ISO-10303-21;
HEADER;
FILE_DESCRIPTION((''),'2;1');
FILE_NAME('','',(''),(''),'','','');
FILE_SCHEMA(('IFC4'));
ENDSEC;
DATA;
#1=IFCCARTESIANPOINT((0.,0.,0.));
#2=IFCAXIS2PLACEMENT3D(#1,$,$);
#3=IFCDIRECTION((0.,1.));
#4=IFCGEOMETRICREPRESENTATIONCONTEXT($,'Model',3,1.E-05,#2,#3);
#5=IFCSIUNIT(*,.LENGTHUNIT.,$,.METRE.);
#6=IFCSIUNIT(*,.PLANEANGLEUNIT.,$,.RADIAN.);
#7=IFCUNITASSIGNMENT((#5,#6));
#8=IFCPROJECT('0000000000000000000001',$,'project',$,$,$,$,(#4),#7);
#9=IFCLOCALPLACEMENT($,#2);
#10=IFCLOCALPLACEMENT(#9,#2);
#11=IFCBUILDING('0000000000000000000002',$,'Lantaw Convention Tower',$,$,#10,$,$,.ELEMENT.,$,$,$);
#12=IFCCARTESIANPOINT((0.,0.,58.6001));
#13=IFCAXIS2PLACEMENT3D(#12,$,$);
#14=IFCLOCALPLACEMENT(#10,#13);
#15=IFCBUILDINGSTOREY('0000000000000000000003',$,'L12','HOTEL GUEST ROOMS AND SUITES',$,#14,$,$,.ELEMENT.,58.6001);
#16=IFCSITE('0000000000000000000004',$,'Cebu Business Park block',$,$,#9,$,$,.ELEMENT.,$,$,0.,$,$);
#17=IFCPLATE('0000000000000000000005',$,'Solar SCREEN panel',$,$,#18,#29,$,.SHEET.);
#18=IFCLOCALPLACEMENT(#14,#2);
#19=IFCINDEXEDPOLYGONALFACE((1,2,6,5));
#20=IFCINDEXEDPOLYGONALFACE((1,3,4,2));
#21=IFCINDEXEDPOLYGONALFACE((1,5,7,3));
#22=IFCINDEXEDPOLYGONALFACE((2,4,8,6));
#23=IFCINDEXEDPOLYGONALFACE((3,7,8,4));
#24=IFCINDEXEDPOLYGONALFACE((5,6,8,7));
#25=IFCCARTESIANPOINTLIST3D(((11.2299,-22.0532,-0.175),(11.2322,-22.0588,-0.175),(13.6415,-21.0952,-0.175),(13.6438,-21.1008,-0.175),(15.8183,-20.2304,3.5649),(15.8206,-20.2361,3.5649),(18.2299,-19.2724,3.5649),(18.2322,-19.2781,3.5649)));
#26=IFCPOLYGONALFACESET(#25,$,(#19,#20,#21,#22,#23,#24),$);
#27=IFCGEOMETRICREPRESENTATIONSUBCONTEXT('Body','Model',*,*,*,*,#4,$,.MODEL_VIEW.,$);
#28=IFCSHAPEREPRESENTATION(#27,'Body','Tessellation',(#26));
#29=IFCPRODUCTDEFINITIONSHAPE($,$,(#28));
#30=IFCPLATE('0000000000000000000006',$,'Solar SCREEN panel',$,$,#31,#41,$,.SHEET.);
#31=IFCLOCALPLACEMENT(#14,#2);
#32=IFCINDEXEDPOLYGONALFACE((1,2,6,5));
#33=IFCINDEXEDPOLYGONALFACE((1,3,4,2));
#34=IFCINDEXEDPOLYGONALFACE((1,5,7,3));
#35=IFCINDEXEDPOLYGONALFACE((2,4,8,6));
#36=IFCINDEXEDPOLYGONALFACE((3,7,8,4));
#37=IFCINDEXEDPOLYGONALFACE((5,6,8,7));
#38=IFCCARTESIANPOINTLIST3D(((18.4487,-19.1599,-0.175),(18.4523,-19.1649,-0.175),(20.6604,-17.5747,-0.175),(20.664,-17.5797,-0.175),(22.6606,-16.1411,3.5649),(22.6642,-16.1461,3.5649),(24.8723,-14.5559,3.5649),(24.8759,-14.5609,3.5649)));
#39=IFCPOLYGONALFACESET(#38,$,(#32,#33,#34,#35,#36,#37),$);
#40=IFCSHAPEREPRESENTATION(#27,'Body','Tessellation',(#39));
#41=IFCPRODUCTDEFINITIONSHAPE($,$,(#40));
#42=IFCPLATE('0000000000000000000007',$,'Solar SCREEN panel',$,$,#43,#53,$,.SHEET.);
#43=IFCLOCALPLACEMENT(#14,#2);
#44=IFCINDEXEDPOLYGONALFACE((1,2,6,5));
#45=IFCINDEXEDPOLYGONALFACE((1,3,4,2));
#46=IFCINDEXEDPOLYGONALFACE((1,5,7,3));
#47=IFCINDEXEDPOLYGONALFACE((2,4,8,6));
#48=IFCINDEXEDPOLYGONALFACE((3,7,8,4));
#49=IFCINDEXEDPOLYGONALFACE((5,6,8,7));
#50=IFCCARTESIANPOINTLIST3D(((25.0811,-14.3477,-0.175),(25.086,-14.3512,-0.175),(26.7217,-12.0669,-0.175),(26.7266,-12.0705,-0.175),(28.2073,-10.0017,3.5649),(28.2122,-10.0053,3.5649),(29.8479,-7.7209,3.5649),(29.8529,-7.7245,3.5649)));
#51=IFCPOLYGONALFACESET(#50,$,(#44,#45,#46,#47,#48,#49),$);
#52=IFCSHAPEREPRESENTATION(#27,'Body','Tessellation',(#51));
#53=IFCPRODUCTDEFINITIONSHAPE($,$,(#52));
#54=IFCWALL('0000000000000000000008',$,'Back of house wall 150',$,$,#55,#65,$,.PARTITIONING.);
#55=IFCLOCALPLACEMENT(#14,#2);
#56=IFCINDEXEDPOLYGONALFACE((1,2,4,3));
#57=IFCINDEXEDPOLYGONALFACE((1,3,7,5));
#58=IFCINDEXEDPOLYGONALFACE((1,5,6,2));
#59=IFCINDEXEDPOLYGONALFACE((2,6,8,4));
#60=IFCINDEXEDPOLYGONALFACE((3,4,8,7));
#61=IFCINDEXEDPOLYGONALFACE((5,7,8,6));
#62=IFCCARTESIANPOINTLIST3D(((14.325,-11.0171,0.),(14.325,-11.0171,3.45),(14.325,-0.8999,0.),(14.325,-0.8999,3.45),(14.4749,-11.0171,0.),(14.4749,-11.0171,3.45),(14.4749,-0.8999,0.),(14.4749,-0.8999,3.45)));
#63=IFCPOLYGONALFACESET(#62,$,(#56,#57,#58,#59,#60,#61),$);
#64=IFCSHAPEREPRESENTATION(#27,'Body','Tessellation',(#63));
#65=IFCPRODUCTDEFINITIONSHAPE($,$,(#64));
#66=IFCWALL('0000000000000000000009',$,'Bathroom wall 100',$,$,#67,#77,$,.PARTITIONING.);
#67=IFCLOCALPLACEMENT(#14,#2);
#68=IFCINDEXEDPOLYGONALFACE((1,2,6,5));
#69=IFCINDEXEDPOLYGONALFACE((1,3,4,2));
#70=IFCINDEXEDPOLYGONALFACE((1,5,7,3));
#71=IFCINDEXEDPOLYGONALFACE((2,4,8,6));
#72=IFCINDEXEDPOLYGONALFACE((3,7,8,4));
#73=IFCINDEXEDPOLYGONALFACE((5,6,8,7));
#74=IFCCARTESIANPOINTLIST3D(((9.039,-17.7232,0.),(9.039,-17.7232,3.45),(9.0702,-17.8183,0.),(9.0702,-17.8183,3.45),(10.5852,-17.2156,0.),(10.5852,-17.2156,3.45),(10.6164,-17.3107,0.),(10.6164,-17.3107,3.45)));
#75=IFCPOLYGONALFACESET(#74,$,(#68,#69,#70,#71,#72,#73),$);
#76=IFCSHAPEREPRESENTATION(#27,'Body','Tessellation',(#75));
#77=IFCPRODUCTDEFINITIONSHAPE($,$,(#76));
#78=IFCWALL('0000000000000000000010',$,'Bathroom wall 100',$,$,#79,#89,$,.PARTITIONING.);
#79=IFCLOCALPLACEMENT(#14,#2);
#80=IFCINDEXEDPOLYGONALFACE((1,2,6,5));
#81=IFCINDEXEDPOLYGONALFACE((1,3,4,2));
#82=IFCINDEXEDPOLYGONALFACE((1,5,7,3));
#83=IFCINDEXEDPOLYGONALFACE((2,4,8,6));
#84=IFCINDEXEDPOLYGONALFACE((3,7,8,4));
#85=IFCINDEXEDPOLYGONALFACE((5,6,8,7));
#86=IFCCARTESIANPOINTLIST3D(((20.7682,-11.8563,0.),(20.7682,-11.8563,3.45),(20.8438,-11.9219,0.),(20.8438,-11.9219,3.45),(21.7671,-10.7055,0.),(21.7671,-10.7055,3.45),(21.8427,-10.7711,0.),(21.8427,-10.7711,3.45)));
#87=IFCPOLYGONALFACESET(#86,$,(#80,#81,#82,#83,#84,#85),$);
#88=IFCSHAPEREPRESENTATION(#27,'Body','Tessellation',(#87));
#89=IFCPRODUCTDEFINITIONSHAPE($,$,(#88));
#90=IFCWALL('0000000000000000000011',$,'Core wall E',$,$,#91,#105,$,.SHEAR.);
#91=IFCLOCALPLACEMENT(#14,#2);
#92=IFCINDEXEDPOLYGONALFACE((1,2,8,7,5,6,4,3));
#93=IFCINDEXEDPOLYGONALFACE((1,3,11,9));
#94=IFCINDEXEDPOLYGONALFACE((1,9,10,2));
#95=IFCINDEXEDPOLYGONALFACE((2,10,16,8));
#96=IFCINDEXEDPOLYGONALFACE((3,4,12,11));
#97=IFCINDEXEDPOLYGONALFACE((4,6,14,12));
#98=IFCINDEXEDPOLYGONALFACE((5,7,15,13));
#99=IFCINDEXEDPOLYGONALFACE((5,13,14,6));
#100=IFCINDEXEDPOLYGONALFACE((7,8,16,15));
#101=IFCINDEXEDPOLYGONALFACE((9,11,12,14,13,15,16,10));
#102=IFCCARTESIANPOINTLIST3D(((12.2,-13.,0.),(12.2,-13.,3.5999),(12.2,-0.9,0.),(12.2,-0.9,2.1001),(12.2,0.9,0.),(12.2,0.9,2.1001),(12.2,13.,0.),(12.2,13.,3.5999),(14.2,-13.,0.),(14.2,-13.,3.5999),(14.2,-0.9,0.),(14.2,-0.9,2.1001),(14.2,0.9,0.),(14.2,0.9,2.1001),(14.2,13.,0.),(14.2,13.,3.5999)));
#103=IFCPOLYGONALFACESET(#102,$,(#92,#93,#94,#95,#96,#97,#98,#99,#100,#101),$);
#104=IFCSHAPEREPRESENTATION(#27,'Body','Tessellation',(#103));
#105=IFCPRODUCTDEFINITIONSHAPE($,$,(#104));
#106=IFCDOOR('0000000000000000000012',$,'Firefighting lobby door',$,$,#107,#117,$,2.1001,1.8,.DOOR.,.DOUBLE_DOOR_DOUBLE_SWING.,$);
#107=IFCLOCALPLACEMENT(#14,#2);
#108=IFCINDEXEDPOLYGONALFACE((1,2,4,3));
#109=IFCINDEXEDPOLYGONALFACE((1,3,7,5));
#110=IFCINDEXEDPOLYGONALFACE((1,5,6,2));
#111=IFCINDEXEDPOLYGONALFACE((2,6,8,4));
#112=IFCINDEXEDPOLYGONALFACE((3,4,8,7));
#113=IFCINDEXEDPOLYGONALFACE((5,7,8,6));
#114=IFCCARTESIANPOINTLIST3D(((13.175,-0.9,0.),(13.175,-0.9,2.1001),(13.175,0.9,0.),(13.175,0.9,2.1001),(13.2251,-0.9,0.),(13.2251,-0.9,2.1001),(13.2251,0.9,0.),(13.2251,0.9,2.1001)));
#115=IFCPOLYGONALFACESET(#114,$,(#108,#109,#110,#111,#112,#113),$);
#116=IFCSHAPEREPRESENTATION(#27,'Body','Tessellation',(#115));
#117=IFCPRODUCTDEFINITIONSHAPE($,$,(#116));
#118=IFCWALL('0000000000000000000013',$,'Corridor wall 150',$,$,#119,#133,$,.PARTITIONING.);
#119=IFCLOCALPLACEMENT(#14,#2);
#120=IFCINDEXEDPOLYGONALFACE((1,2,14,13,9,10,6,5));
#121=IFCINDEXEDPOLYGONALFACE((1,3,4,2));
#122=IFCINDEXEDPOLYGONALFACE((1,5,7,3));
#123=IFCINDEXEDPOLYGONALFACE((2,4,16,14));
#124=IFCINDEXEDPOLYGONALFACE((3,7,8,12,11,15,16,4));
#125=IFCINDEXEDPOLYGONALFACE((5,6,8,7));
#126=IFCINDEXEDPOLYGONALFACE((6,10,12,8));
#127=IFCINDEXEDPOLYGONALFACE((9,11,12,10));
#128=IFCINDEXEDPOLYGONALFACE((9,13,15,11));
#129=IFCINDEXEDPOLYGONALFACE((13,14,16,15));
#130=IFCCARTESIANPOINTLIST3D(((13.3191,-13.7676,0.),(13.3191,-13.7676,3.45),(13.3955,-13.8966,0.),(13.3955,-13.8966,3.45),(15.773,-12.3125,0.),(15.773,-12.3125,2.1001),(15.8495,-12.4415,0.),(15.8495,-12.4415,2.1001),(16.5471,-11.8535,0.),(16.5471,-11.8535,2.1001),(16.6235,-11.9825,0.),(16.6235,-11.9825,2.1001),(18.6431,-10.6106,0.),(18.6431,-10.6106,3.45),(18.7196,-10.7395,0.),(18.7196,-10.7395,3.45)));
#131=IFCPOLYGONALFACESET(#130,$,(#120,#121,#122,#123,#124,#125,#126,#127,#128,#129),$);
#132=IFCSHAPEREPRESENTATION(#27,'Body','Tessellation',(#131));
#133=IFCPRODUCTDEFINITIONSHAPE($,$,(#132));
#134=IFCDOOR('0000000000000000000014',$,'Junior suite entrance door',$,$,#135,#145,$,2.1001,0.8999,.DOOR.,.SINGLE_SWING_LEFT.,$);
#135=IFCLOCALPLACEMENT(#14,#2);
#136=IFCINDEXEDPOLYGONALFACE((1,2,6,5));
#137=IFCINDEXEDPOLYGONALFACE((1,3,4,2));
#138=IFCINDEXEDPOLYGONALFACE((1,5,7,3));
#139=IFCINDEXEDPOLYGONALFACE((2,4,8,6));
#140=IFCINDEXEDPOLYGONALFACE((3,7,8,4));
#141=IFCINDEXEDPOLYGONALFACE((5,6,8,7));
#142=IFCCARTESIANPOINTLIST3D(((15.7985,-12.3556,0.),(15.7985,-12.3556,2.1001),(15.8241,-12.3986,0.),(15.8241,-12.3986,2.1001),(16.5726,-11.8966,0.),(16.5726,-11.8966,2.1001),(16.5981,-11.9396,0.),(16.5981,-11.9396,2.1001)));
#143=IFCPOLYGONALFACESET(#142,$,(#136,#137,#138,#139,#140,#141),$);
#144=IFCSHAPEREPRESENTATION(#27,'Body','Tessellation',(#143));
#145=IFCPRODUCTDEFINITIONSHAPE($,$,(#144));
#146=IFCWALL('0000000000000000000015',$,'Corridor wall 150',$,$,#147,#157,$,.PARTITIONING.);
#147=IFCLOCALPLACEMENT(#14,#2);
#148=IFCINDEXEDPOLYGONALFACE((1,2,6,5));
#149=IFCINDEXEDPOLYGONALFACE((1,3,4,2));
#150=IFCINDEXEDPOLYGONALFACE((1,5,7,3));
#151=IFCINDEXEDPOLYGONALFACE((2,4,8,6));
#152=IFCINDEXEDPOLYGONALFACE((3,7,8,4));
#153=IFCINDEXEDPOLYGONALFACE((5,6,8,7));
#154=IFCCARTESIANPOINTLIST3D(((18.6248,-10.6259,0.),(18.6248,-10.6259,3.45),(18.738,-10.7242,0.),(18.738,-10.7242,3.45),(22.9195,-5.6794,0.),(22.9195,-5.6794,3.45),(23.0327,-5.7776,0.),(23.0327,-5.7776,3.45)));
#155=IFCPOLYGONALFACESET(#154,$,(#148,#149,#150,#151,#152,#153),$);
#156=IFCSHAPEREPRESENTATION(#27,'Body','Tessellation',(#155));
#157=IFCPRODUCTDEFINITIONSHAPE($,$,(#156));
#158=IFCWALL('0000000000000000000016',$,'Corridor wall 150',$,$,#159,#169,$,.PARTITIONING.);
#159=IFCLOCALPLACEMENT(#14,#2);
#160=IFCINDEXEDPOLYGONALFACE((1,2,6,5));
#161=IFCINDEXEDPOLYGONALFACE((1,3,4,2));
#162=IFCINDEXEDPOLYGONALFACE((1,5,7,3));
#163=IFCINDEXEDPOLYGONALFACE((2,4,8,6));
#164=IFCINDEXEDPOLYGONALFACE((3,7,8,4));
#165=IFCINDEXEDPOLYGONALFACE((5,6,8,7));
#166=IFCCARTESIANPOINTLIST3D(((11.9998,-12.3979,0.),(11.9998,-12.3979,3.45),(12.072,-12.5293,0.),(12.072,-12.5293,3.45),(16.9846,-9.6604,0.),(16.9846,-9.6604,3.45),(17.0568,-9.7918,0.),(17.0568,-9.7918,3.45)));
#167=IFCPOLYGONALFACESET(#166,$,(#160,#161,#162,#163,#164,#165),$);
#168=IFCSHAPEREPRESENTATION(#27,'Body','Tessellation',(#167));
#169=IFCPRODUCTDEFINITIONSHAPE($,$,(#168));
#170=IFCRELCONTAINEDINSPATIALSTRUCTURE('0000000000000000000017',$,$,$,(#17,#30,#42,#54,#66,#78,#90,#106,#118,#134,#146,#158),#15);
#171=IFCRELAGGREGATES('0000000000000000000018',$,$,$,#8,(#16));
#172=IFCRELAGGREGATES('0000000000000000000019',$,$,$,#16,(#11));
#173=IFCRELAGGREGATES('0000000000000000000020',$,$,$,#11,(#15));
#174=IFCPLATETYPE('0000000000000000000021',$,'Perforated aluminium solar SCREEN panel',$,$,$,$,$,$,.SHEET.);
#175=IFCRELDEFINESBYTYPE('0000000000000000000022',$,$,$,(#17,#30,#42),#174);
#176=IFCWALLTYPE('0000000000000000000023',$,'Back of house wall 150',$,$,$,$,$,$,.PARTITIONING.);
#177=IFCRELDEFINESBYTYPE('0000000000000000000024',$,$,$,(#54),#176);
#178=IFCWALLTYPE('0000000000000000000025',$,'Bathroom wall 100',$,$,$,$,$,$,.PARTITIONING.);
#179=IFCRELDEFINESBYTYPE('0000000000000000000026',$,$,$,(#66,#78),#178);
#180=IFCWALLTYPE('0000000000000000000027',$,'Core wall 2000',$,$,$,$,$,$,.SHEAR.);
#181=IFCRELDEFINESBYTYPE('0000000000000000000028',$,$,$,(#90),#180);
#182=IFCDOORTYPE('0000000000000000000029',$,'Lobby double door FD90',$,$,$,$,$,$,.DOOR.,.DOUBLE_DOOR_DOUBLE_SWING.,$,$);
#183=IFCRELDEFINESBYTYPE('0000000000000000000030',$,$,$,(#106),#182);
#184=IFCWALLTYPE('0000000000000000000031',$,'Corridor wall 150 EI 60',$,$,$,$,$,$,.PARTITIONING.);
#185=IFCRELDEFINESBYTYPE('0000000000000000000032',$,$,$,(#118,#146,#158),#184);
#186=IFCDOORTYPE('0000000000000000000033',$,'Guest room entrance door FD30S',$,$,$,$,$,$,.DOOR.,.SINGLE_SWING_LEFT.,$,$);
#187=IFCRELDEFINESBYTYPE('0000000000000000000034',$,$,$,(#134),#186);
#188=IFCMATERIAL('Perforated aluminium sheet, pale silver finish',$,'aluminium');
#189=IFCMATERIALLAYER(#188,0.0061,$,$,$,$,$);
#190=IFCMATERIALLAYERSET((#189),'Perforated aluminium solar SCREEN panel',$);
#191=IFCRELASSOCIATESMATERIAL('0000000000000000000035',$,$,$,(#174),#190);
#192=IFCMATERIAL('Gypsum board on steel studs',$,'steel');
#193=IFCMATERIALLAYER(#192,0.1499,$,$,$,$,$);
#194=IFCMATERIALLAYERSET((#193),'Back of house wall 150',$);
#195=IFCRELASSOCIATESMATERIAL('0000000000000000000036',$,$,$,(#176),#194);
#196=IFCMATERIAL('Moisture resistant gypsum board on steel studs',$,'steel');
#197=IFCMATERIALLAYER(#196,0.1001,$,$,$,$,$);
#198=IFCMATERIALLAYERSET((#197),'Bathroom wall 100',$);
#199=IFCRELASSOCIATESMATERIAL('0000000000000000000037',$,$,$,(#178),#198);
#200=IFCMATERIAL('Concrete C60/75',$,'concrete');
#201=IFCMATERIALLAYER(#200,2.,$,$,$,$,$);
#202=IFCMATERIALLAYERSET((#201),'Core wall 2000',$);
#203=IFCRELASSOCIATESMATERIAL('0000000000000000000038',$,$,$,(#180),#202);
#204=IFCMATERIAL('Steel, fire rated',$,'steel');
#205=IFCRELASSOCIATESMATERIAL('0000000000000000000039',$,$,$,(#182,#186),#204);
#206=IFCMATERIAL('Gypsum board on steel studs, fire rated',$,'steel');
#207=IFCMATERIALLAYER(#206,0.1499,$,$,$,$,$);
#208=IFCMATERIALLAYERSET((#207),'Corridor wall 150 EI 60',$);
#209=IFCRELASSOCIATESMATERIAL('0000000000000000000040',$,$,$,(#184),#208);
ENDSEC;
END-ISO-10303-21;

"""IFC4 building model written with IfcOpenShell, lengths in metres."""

from ifc_helpers import new_model, si_unit, direction, frame, frame_2d, origin, place, context, subcontext, project, spatial, polyline, rectangle, outline, extrude, material, layer, layer_set, type_object, element, fill, save


model = new_model("IFC4")

# Units and contexts
model_context = context("Model", 3, precision=1e-05, world=origin(), true_north=direction((0.0, 1.0)))
body_context = subcontext(model_context, "Body", "Model", "MODEL_VIEW")
ifc_project = project(units=[si_unit("LENGTHUNIT", "METRE"), si_unit("PLANEANGLEUNIT", "RADIAN")], contexts=[model_context])

# Site, building, storey
site_placement = place(None, origin())
site = spatial("IfcSite", under=ifc_project, at=site_placement, Name="Cebu Business Park block", CompositionType="ELEMENT", RefElevation=0.0)
building_placement = place(site_placement, origin())
building = spatial("IfcBuilding", under=site, at=building_placement, Name="Lantaw Convention Tower", CompositionType="ELEMENT")
storey_placement = place(building_placement, frame((0.0, 0.0, 58.6001)))
storey = spatial("IfcBuildingStorey", under=building, at=storey_placement, Name="L12", Description="HOTEL GUEST ROOMS AND SUITES", CompositionType="ELEMENT", Elevation=58.6001)

# Shared definitions
ifc_material_1 = material(Name="Concrete C60/75", Category="concrete")

# Plates
ifc_material_2 = material(Name="Perforated aluminium sheet, pale silver finish", Category="aluminium")
ifc_layer_1 = layer(ifc_material_2, 0.0061)
ifc_layer_set_1 = layer_set([ifc_layer_1], Name="Perforated aluminium solar SCREEN panel")
plate_type = type_object("IfcPlateType", Name="Perforated aluminium solar SCREEN panel", PredefinedType="SHEET", material=ifc_layer_set_1)
plate_1_placement = place(storey_placement, frame((11.2322, -22.0588, -0.175), z_axis=(0.369184, -0.929357, 0.000009), x_axis=(0.929357, 0.369184, 0.0)))
element("IfcPlate", 1, at=plate_1_placement, inside=storey, type_object=plate_type, Name="Solar SCREEN panel", PredefinedType="SHEET", context=body_context, shape_type="SweptSolid", body=[
    extrude(outline(polyline([(0.0, 0.0), (2.5949, 0.0), (7.5321, 3.74), (4.9372, 3.74), (0.0, 0.0)])), origin(), (0.0, 0.0, -1.0), 0.0061),
])
plate_2_placement = place(storey_placement, frame((18.4487, -19.1599, -0.175), z_axis=(-0.582561, 0.812787, 0.000016), x_axis=(0.812787, 0.582561, 0.0)))
element("IfcPlate", 2, at=plate_2_placement, inside=storey, type_object=plate_type, Name="Solar SCREEN panel", PredefinedType="SHEET", context=body_context, shape_type="SweptSolid", body=[
    extrude(outline(polyline([(0.0, 0.0), (2.7211, 0.0), (7.9031, -3.74), (5.182, -3.74), (0.0, 0.0)])), origin(), (0.0, 0.0, -1.0), 0.0061),
])
plate_3_placement = place(storey_placement, frame((25.0811, -14.3477, -0.175), z_axis=(-0.811791, 0.583948, 0.000009), x_axis=(0.583948, 0.811791, 0.0)))
element("IfcPlate", 3, at=plate_3_placement, inside=storey, type_object=plate_type, Name="Solar SCREEN panel", PredefinedType="SHEET", context=body_context, shape_type="SweptSolid", body=[
    extrude(outline(polyline([(0.0, 0.0), (2.8095, 0.0), (8.1631, -3.74), (5.3536, -3.74), (0.0, 0.0)])), origin(), (0.0, 0.0, -1.0), 0.0061),
])

# Walls
ifc_material_3 = material(Name="Gypsum board on steel studs", Category="steel")
ifc_layer_2 = layer(ifc_material_3, 0.1499)
ifc_layer_set_2 = layer_set([ifc_layer_2], Name="Back of house wall 150")
wall_type_1 = type_object("IfcWallType", Name="Back of house wall 150", PredefinedType="PARTITIONING", material=ifc_layer_set_2)
wall_1_placement = place(storey_placement, frame((14.3999, -11.0171, 0.0), z_axis=(0.0, 0.0, 1.0), x_axis=(0.0, 1.0, 0.0)))
element("IfcWall", 4, at=wall_1_placement, inside=storey, type_object=wall_type_1, Name="Back of house wall 150", PredefinedType="PARTITIONING", context=body_context, shape_type="SweptSolid", body=[
    extrude(rectangle(XDim=10.1172, YDim=0.1499, at=frame_2d((5.0586, 0.0))), origin(), (0.0, 0.0, 1.0), 3.45),
])
ifc_material_4 = material(Name="Moisture resistant gypsum board on steel studs", Category="steel")
ifc_layer_3 = layer(ifc_material_4, 0.1001)
ifc_layer_set_3 = layer_set([ifc_layer_3], Name="Bathroom wall 100")
wall_type_2 = type_object("IfcWallType", Name="Bathroom wall 100", PredefinedType="PARTITIONING", material=ifc_layer_set_3)
wall_2_placement = place(storey_placement, frame((10.6008, -17.2632, 0.0), z_axis=(0.0, 0.0, 1.0), x_axis=(-0.950114, -0.311904, 0.0)))
element("IfcWall", 5, at=wall_2_placement, inside=storey, type_object=wall_type_2, Name="Bathroom wall 100", PredefinedType="PARTITIONING", context=body_context, shape_type="SweptSolid", body=[
    extrude(rectangle(XDim=1.6274, YDim=0.1001, at=frame_2d((0.8137, 0.0))), origin(), (0.0, 0.0, 1.0), 3.45),
])
wall_3_placement = place(storey_placement, frame((21.8049, -10.7383, 0.0), z_axis=(0.0, 0.0, 1.0), x_axis=(-0.655528, -0.755171, 0.0)))
element("IfcWall", 6, at=wall_3_placement, inside=storey, type_object=wall_type_2, Name="Bathroom wall 100", PredefinedType="PARTITIONING", context=body_context, shape_type="SweptSolid", body=[
    extrude(rectangle(XDim=1.5239, YDim=0.1001, at=frame_2d((0.762, 0.0))), origin(), (0.0, 0.0, 1.0), 3.45),
])

# Walls, openings, doors
ifc_layer_4 = layer(ifc_material_1, 2.0)
ifc_layer_set_4 = layer_set([ifc_layer_4], Name="Core wall 2000")
wall_type_3 = type_object("IfcWallType", Name="Core wall 2000", PredefinedType="SHEAR", material=ifc_layer_set_4)
wall_4_placement = place(storey_placement, frame((13.2, -13.0, 0.0), z_axis=(0.0, 0.0, 1.0), x_axis=(0.0, 1.0, 0.0)))
wall_4 = element("IfcWall", 7, at=wall_4_placement, inside=storey, type_object=wall_type_3, Name="Core wall E", PredefinedType="SHEAR", context=body_context, shape_type="SweptSolid", body=[
    extrude(rectangle(XDim=26.0, YDim=2.0, at=frame_2d((13.0, 0.0))), origin(), (0.0, 0.0, 1.0), 3.5999),
])
opening_1_placement = place(wall_4_placement, frame((12.1001, 0.0, 0.0)))
opening_1 = element("IfcOpeningElement", 8, at=opening_1_placement, cuts=wall_4, PredefinedType="OPENING", context=body_context, shape_type="SweptSolid", body=[
    extrude(rectangle(XDim=1.8, YDim=2.1001, at=frame_2d((0.8999, 1.05))), frame((0.0, 1.01, 0.0), z_axis=(0.0, -1.0, 0.0), x_axis=(1.0, 0.0, 0.0)), (0.0, 0.0, 1.0), 2.02),
])
ifc_material_5 = material(Name="Steel, fire rated", Category="steel")
door_type_1 = type_object("IfcDoorType", Name="Lobby double door FD90", OperationType="DOUBLE_DOOR_DOUBLE_SWING", PredefinedType="DOOR", material=ifc_material_5)
door_1_placement = place(opening_1_placement, origin())
door_1 = element("IfcDoor", 9, at=door_1_placement, inside=storey, type_object=door_type_1, Name="Firefighting lobby door", OperationType="DOUBLE_DOOR_DOUBLE_SWING", OverallHeight=2.1001, OverallWidth=1.8, PredefinedType="DOOR", context=body_context, shape_type="SweptSolid", body=[
    extrude(rectangle(XDim=1.8, YDim=2.1001, at=frame_2d((0.8999, 1.05))), frame((0.0, 0.0249, 0.0), z_axis=(0.0, -1.0, 0.0), x_axis=(1.0, 0.0, 0.0)), (0.0, 0.0, 1.0), 0.05),
])
fill(opening_1, door_1)
ifc_material_6 = material(Name="Gypsum board on steel studs, fire rated", Category="steel")
ifc_layer_5 = layer(ifc_material_6, 0.1499)
ifc_layer_set_5 = layer_set([ifc_layer_5], Name="Corridor wall 150 EI 60")
wall_type_4 = type_object("IfcWallType", Name="Corridor wall 150 EI 60", PredefinedType="PARTITIONING", material=ifc_layer_set_5)
wall_5_placement = place(storey_placement, frame((13.3574, -13.832, 0.0), z_axis=(0.0, 0.0, 1.0), x_axis=(0.860147, 0.510046, 0.0)))
wall_5 = element("IfcWall", 10, at=wall_5_placement, inside=storey, type_object=wall_type_4, Name="Corridor wall 150", PredefinedType="PARTITIONING", context=body_context, shape_type="SweptSolid", body=[
    extrude(rectangle(XDim=6.1897, YDim=0.1499, at=frame_2d((3.0947, 0.0))), origin(), (0.0, 0.0, 1.0), 3.45),
])
opening_2_placement = place(wall_5_placement, frame((2.8528, 0.0, 0.0)))
opening_2 = element("IfcOpeningElement", 11, at=opening_2_placement, cuts=wall_5, PredefinedType="OPENING", context=body_context, shape_type="SweptSolid", body=[
    extrude(rectangle(XDim=0.8999, YDim=2.1001, at=frame_2d((0.45, 1.05))), frame((0.0, 0.085, 0.0), z_axis=(0.0, -1.0, 0.0), x_axis=(1.0, 0.0, 0.0)), (0.0, 0.0, 1.0), 0.1699),
])
door_type_2 = type_object("IfcDoorType", Name="Guest room entrance door FD30S", OperationType="SINGLE_SWING_LEFT", PredefinedType="DOOR", material=ifc_material_5)
door_2_placement = place(opening_2_placement, origin())
door_2 = element("IfcDoor", 12, at=door_2_placement, inside=storey, type_object=door_type_2, Name="Junior suite entrance door", OperationType="SINGLE_SWING_LEFT", OverallHeight=2.1001, OverallWidth=0.8999, PredefinedType="DOOR", context=body_context, shape_type="SweptSolid", body=[
    extrude(rectangle(XDim=0.8999, YDim=2.1001, at=frame_2d((0.45, 1.05))), frame((0.0, 0.0249, 0.0), z_axis=(0.0, -1.0, 0.0), x_axis=(1.0, 0.0, 0.0)), (0.0, 0.0, 1.0), 0.05),
])
fill(opening_2, door_2)

# Walls
wall_6_placement = place(storey_placement, frame((18.6814, -10.675, 0.0), z_axis=(0.0, 0.0, 1.0), x_axis=(0.6556, 0.755108, 0.0)))
element("IfcWall", 13, at=wall_6_placement, inside=storey, type_object=wall_type_4, Name="Corridor wall 150", PredefinedType="PARTITIONING", context=body_context, shape_type="SweptSolid", body=[
    extrude(rectangle(XDim=6.5508, YDim=0.1499, at=frame_2d((3.2754, 0.0))), origin(), (0.0, 0.0, 1.0), 3.45),
])
wall_7_placement = place(storey_placement, frame((12.0359, -12.4636, 0.0), z_axis=(0.0, 0.0, 1.0), x_axis=(0.876522, 0.481362, 0.0)))
element("IfcWall", 14, at=wall_7_placement, inside=storey, type_object=wall_type_4, Name="Corridor wall 150", PredefinedType="PARTITIONING", context=body_context, shape_type="SweptSolid", body=[
    extrude(rectangle(XDim=5.687, YDim=0.1499, at=frame_2d((2.8435, 0.0))), origin(), (0.0, 0.0, 1.0), 3.45),
])

save(model, "model.ifc")
